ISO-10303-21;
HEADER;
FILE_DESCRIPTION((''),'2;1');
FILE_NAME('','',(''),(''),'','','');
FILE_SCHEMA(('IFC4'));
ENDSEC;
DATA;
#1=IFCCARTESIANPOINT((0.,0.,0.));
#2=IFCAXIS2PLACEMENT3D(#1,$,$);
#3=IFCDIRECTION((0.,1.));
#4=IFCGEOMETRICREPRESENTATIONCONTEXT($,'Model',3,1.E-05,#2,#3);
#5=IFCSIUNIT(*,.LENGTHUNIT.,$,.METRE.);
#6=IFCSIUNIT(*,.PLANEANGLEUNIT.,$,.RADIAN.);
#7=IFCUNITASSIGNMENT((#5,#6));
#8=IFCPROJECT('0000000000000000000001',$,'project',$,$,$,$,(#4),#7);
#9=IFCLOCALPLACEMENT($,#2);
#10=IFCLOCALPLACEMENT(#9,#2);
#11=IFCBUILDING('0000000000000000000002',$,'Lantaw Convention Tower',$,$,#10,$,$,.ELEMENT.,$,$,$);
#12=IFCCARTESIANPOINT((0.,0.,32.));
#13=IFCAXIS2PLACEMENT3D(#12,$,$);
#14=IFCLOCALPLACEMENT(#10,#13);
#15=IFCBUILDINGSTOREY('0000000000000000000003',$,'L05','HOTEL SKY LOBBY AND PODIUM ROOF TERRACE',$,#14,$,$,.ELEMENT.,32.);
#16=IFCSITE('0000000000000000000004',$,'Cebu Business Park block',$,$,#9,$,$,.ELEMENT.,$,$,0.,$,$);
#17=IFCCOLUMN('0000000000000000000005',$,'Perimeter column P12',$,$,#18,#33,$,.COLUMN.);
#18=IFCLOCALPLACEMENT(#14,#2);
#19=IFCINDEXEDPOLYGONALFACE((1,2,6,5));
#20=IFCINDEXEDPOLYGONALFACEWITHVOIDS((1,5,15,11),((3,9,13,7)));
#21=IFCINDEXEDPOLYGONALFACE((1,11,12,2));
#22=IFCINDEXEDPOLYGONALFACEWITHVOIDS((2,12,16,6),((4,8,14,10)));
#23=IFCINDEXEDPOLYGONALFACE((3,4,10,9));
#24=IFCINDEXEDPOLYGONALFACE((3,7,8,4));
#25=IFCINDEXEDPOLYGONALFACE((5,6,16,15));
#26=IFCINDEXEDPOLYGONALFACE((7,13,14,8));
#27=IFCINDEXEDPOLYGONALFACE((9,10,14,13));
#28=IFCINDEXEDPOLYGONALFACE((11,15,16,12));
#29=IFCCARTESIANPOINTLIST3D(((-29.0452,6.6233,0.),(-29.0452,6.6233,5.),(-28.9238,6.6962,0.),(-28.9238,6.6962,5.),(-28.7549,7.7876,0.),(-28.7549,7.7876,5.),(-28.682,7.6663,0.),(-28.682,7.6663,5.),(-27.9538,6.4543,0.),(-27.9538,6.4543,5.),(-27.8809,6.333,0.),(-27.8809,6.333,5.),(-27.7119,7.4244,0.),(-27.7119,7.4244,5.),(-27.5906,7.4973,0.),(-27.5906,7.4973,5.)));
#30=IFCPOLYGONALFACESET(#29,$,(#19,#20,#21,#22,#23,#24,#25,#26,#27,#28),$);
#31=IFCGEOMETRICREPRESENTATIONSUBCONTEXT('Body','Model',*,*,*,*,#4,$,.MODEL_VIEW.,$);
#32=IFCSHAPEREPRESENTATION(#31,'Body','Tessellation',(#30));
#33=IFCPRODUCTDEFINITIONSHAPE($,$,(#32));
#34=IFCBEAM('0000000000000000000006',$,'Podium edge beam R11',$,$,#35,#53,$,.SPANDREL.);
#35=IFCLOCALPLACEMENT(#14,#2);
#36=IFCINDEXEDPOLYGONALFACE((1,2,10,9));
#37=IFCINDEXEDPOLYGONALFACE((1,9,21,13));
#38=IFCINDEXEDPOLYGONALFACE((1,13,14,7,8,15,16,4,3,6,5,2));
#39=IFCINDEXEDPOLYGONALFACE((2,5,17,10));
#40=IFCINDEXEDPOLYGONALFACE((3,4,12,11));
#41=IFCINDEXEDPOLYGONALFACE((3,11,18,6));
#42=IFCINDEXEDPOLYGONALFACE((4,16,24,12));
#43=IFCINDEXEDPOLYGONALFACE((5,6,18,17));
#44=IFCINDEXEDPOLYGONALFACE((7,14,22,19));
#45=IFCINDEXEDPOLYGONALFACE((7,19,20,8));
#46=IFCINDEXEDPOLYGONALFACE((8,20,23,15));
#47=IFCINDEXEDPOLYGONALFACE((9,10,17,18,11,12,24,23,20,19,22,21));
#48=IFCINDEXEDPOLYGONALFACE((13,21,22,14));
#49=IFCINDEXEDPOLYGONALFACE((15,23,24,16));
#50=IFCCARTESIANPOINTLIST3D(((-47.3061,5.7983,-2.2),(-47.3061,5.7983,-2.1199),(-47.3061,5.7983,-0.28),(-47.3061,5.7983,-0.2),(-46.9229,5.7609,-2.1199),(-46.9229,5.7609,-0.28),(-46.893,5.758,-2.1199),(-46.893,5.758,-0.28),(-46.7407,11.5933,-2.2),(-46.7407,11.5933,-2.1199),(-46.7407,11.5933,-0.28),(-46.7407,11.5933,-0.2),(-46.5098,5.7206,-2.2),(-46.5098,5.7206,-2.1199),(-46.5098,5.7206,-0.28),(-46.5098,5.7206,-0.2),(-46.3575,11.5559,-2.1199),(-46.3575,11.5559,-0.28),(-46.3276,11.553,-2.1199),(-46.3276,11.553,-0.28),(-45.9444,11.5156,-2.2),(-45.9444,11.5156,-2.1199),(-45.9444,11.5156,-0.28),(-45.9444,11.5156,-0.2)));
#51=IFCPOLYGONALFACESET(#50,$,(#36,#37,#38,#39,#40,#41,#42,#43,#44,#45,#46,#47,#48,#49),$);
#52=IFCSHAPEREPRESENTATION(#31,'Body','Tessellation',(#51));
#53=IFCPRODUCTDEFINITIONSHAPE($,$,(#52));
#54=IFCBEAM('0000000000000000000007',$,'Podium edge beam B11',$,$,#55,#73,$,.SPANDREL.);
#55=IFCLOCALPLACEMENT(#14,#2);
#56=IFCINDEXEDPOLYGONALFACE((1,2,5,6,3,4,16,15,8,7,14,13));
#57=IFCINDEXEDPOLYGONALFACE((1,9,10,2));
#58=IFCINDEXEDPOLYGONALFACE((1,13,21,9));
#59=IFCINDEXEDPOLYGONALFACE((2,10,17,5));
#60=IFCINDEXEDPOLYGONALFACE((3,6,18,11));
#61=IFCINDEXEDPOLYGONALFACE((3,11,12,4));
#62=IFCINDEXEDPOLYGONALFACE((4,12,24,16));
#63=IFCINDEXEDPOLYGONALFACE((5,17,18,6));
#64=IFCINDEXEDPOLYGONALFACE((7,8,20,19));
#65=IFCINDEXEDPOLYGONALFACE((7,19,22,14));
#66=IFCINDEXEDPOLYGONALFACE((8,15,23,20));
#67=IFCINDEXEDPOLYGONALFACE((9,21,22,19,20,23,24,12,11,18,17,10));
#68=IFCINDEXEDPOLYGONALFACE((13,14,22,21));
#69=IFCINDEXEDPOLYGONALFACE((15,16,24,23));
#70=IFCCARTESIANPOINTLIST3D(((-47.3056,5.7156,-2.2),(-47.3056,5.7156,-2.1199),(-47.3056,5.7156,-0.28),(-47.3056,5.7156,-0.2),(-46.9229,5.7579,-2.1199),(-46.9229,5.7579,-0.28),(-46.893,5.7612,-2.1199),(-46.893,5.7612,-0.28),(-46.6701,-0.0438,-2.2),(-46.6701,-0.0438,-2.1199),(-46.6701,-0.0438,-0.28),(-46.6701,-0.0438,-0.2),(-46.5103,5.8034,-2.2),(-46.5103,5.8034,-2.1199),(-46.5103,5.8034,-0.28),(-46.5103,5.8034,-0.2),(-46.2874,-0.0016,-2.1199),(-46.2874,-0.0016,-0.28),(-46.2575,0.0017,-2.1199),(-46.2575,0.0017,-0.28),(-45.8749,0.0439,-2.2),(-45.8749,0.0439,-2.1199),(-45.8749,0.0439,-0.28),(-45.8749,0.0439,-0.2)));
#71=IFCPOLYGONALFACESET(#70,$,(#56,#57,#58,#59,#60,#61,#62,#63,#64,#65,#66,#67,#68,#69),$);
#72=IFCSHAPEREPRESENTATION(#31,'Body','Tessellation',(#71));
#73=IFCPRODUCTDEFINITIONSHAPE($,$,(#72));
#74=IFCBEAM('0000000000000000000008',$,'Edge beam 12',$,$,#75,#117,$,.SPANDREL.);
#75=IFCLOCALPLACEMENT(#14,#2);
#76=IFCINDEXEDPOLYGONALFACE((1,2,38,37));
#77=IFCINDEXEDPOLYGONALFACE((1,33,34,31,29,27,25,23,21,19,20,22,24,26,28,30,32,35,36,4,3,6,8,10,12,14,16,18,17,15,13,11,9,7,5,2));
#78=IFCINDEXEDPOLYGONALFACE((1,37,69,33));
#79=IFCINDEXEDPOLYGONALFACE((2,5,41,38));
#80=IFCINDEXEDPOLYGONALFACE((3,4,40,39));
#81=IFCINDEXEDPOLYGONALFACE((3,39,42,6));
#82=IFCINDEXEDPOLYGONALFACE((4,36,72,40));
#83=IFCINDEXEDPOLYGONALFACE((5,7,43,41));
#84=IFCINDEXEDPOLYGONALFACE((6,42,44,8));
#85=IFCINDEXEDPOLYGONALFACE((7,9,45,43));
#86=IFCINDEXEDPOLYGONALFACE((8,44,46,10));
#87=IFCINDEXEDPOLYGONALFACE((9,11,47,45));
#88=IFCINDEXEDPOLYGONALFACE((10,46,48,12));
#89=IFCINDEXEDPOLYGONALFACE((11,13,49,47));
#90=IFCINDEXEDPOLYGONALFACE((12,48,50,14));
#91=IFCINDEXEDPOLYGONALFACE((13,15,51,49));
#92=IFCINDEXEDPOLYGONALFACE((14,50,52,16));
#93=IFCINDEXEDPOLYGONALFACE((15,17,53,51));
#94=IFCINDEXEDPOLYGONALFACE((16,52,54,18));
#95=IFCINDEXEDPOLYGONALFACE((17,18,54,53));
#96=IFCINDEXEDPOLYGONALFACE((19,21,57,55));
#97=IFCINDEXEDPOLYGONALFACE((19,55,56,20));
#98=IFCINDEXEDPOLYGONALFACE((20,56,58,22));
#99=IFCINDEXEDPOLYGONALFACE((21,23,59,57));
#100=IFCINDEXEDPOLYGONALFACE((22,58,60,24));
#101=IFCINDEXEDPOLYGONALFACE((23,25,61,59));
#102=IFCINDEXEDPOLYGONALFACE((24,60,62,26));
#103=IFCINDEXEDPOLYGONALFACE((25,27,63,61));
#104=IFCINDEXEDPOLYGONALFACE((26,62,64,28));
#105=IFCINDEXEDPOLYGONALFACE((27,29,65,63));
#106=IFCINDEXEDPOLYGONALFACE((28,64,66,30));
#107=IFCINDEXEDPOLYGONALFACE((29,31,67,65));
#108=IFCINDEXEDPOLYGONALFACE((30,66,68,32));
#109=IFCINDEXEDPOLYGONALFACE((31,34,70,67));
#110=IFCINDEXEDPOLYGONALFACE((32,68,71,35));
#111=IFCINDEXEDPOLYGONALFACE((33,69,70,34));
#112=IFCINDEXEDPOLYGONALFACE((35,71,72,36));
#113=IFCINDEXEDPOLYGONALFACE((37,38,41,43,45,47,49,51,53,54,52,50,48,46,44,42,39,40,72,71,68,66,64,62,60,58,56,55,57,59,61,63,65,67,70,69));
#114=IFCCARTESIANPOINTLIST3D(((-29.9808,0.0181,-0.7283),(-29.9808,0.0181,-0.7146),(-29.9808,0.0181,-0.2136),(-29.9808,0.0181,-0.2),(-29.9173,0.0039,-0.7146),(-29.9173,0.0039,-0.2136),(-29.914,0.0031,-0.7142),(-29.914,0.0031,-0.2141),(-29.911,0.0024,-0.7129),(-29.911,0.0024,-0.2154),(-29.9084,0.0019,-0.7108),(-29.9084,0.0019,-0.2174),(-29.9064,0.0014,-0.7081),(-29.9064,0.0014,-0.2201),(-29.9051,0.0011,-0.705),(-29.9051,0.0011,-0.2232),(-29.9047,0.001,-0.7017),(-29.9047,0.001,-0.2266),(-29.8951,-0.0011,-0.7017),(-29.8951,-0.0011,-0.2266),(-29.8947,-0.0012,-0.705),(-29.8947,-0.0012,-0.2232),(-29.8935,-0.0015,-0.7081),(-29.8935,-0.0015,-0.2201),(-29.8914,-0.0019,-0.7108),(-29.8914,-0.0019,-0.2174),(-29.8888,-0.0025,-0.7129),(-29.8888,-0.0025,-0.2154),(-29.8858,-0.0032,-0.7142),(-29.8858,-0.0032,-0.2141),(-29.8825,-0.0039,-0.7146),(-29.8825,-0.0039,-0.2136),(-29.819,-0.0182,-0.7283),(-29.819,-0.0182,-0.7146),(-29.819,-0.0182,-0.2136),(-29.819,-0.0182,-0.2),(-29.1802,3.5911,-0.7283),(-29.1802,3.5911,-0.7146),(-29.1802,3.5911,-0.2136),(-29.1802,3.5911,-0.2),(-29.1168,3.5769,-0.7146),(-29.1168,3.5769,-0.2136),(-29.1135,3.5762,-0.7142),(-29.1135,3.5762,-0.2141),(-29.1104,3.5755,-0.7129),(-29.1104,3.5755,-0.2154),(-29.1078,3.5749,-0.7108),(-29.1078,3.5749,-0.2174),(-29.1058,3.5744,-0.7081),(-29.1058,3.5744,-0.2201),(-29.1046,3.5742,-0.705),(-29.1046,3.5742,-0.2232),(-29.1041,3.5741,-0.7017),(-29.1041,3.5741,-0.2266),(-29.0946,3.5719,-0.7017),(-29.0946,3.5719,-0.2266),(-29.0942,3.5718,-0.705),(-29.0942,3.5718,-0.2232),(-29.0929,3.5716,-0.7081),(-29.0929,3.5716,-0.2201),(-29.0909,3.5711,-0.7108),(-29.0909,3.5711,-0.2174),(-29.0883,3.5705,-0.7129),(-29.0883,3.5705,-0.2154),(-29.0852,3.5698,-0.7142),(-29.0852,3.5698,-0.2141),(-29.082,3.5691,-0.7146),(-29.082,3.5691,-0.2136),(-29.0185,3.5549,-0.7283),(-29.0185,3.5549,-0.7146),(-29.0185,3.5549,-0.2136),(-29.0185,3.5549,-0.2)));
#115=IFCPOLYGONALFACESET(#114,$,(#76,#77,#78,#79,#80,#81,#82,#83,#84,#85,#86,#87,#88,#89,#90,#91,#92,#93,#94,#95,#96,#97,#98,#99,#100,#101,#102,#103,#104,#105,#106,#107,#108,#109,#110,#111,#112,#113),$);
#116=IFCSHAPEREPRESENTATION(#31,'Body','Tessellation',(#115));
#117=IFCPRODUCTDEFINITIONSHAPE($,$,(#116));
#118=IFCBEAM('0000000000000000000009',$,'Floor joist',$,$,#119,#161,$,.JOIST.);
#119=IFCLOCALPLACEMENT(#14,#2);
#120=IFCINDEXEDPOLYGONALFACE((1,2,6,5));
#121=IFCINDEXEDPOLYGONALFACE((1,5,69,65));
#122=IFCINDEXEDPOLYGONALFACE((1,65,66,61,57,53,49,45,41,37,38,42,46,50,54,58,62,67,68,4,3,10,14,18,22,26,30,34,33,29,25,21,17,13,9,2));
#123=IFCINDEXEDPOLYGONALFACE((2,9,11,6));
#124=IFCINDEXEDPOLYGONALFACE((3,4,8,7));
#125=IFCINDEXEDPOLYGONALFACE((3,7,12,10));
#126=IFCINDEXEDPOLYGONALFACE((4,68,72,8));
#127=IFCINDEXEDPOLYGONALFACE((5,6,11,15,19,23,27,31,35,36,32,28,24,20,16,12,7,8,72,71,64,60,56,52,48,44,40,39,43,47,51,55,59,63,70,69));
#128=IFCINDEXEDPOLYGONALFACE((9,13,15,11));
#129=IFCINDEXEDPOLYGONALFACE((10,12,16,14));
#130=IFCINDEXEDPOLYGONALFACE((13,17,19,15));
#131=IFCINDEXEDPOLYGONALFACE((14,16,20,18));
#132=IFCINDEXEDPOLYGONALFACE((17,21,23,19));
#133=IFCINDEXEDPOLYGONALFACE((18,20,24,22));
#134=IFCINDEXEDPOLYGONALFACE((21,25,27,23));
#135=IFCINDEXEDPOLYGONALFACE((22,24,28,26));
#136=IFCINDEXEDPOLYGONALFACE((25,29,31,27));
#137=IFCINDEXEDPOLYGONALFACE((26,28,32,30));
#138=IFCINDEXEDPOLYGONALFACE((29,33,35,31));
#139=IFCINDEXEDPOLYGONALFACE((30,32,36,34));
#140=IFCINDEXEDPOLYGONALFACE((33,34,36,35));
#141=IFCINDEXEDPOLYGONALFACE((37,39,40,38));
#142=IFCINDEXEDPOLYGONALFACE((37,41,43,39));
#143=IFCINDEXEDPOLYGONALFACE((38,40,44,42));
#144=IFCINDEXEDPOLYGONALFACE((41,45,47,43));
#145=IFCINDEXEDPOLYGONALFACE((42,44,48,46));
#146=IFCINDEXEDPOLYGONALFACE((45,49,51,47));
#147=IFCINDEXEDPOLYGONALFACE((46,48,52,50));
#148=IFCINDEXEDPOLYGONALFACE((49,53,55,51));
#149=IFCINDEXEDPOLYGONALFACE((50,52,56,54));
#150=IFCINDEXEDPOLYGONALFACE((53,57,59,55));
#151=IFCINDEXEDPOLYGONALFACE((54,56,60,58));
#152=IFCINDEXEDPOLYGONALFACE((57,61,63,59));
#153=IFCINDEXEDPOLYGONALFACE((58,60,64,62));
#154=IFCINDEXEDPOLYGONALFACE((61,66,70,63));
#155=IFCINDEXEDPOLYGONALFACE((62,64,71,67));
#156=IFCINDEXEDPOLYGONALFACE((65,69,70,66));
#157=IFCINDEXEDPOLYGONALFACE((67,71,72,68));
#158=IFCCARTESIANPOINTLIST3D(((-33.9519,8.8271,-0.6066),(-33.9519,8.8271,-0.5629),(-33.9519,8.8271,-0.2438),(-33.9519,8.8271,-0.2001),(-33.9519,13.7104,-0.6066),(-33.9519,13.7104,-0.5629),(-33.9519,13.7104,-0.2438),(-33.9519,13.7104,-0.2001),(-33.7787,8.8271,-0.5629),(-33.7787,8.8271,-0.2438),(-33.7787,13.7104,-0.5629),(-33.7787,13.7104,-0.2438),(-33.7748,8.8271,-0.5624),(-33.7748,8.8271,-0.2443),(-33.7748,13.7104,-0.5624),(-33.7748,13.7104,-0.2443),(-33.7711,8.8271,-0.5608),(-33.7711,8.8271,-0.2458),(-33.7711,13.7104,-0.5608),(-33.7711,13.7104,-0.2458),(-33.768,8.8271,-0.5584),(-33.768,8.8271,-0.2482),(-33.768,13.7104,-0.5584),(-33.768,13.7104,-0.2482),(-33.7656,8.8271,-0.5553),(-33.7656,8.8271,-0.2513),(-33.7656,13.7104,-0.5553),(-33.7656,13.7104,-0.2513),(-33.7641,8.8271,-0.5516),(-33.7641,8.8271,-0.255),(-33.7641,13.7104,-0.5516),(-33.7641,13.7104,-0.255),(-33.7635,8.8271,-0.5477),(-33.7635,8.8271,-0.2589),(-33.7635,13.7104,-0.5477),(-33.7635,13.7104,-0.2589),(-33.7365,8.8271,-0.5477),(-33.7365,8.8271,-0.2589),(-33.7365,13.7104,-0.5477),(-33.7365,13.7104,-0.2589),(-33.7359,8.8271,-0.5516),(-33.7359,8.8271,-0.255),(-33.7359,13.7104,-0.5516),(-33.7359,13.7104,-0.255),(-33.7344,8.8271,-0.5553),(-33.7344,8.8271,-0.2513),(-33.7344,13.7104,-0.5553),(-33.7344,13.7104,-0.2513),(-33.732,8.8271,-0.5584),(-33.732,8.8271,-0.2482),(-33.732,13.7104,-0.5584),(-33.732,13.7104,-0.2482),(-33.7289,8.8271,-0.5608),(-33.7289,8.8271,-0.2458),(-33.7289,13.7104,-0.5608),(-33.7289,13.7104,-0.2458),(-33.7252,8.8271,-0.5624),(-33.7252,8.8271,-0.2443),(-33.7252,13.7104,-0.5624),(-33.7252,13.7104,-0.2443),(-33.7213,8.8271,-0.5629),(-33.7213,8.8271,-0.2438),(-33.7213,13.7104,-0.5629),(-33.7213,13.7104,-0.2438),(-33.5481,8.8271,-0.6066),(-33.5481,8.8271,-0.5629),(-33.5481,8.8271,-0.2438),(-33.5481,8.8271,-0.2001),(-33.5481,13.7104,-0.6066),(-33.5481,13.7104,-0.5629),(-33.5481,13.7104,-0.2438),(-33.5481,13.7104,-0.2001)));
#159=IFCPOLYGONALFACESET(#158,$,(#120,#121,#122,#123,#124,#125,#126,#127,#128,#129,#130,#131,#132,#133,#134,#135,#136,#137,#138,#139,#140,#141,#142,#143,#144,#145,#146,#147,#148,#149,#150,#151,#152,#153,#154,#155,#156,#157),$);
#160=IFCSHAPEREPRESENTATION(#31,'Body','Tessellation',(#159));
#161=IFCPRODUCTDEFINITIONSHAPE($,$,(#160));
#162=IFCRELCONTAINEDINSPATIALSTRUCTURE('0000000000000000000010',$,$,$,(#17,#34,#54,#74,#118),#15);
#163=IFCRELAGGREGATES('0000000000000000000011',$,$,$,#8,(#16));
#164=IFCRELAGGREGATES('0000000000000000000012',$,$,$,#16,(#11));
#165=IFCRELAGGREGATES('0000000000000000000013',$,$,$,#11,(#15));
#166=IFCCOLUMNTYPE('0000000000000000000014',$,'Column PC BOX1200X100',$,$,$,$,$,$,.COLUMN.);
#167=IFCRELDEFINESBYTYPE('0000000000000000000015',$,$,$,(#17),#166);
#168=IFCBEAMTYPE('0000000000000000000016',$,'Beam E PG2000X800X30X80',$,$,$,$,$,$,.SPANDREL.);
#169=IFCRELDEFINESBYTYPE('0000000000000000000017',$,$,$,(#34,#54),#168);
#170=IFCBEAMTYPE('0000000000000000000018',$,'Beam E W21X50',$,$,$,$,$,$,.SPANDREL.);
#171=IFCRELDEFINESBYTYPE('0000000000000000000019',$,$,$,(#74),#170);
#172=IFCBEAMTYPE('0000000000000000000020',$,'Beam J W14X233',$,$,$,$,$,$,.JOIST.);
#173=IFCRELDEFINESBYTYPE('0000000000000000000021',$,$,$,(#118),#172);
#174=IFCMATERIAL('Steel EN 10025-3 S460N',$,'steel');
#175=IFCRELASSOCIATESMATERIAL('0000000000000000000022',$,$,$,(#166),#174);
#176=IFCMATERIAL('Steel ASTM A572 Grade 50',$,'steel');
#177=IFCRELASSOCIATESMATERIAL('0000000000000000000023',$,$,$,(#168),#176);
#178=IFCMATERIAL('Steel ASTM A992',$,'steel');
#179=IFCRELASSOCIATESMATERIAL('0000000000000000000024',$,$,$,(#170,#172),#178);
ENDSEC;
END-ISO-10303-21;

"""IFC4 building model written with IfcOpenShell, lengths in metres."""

from ifc_helpers import new_model, si_unit, direction, frame, origin, origin_2d, place, context, subcontext, project, spatial, rectangle, hollow_rectangle, i_section, extrude, material, material_profile, profile_set, type_object, element, save


model = new_model("IFC4")

# Units and contexts
model_context = context("Model", 3, precision=1e-05, world=origin(), true_north=direction((0.0, 1.0)))
body_context = subcontext(model_context, "Body", "Model", "MODEL_VIEW")
ifc_project = project(units=[si_unit("LENGTHUNIT", "METRE"), si_unit("PLANEANGLEUNIT", "RADIAN")], contexts=[model_context])

# Site, building, storey
site_placement = place(None, origin())
site = spatial("IfcSite", under=ifc_project, at=site_placement, Name="Cebu Business Park block", CompositionType="ELEMENT", RefElevation=0.0)
building_placement = place(site_placement, origin())
building = spatial("IfcBuilding", under=site, at=building_placement, Name="Lantaw Convention Tower", CompositionType="ELEMENT")
storey_placement = place(building_placement, frame((0.0, 0.0, 32.0)))
storey = spatial("IfcBuildingStorey", under=building, at=storey_placement, Name="L05", Description="HOTEL SKY LOBBY AND PODIUM ROOF TERRACE", CompositionType="ELEMENT", Elevation=32.0)

# Column
ifc_material_1 = material(Name="Steel EN 10025-3 S460N", Category="steel")
ifc_material_profile_1 = material_profile(ifc_material_1, hollow_rectangle(XDim=1.2, YDim=1.2, WallThickness=0.1001, at=origin_2d()), Name="BOX1200X100")
ifc_material_2 = material(Name="Concrete C60/75", Category="concrete")
ifc_material_profile_2 = material_profile(ifc_material_2, rectangle(XDim=1.0, YDim=1.0, at=origin_2d()), Name="Concrete fill of BOX1200X100")
ifc_profile_set_1 = profile_set([ifc_material_profile_1, ifc_material_profile_2], Name="Steel EN 10025-3 S460N")
column_type = type_object("IfcColumnType", Name="Column PC BOX1200X100", PredefinedType="COLUMN", material=ifc_profile_set_1)
column_placement = place(storey_placement, frame((-28.3179, 7.0603, 0.0), z_axis=(0.0, 0.0, 1.0), x_axis=(0.241922, 0.970296, 0.0)))
element("IfcColumn", 1, at=column_placement, inside=storey, type_object=column_type, Name="Perimeter column P12", PredefinedType="COLUMN", context=body_context, shape_type="SweptSolid", body=[
    extrude(hollow_rectangle(XDim=1.2, YDim=1.2, WallThickness=0.1001, at=origin_2d()), origin(), (0.0, 0.0, 1.0), 5.0),
])

# Beams
ifc_material_3 = material(Name="Steel ASTM A572 Grade 50", Category="steel")
ifc_material_profile_3 = material_profile(ifc_material_3, i_section(OverallWidth=0.8, OverallDepth=2.0, WebThickness=0.03, FlangeThickness=0.0801, at=origin_2d()), Name="PG2000X800X30X80")
ifc_profile_set_2 = profile_set([ifc_material_profile_3], Name="Steel ASTM A572 Grade 50")
beam_type_1 = type_object("IfcBeamType", Name="Beam E PG2000X800X30X80", PredefinedType="SPANDREL", material=ifc_profile_set_2)
beam_1_placement = place(storey_placement, frame((-46.3425, 11.5544, -1.2), z_axis=(-0.097112, -0.995273, 0.0), x_axis=(0.995273, -0.097112, 0.0)))
element("IfcBeam", 2, at=beam_1_placement, inside=storey, type_object=beam_type_1, Name="Podium edge beam R11", PredefinedType="SPANDREL", context=body_context, shape_type="SweptSolid", body=[
    extrude(i_section(OverallWidth=0.8, OverallDepth=2.0, WebThickness=0.03, FlangeThickness=0.0801, at=origin_2d()), origin(), (0.0, 0.0, 1.0), 5.8225),
])
beam_2_placement = place(storey_placement, frame((-46.908, 5.7595, -1.2), z_axis=(0.109673, -0.993968, 0.0), x_axis=(0.993968, 0.109673, 0.0)))
element("IfcBeam", 3, at=beam_2_placement, inside=storey, type_object=beam_type_1, Name="Podium edge beam B11", PredefinedType="SPANDREL", context=body_context, shape_type="SweptSolid", body=[
    extrude(i_section(OverallWidth=0.8, OverallDepth=2.0, WebThickness=0.03, FlangeThickness=0.0801, at=origin_2d()), origin(), (0.0, 0.0, 1.0), 5.7944),
])
ifc_material_4 = material(Name="Steel ASTM A992", Category="steel")
ifc_material_profile_4 = material_profile(ifc_material_4, i_section(OverallWidth=0.1658, OverallDepth=0.5283, WebThickness=0.0098, FlangeThickness=0.0137, FilletRadius=0.0129, at=origin_2d()), Name="W21X50")
ifc_profile_set_3 = profile_set([ifc_material_profile_4], Name="Steel ASTM A992")
beam_type_2 = type_object("IfcBeamType", Name="Beam E W21X50", PredefinedType="SPANDREL", material=ifc_profile_set_3)
beam_3_placement = place(storey_placement, frame((-29.0994, 3.573, -0.4641), z_axis=(-0.218632, -0.975807, 0.0), x_axis=(0.975807, -0.218632, 0.0)))
element("IfcBeam", 4, at=beam_3_placement, inside=storey, type_object=beam_type_2, Name="Edge beam 12", PredefinedType="SPANDREL", context=body_context, shape_type="SweptSolid", body=[
    extrude(i_section(OverallWidth=0.1658, OverallDepth=0.5283, WebThickness=0.0098, FlangeThickness=0.0137, FilletRadius=0.0129, at=origin_2d()), origin(), (0.0, 0.0, 1.0), 3.6616),
])
ifc_material_profile_5 = material_profile(ifc_material_4, i_section(OverallWidth=0.4038, OverallDepth=0.4065, WebThickness=0.0271, FlangeThickness=0.0437, FilletRadius=0.0151, at=origin_2d()), Name="W14X233")
ifc_profile_set_4 = profile_set([ifc_material_profile_5], Name="Steel ASTM A992")
beam_type_3 = type_object("IfcBeamType", Name="Beam J W14X233", PredefinedType="JOIST", material=ifc_profile_set_4)
beam_4_placement = place(storey_placement, frame((-33.75, 8.8271, -0.4033), z_axis=(0.0, 1.0, 0.0), x_axis=(-1.0, 0.0, 0.0)))
element("IfcBeam", 5, at=beam_4_placement, inside=storey, type_object=beam_type_3, Name="Floor joist", PredefinedType="JOIST", context=body_context, shape_type="SweptSolid", body=[
    extrude(i_section(OverallWidth=0.4038, OverallDepth=0.4065, WebThickness=0.0271, FlangeThickness=0.0437, FilletRadius=0.0151, at=origin_2d()), origin(), (0.0, 0.0, 1.0), 4.8833),
])

save(model, "model.ifc")
